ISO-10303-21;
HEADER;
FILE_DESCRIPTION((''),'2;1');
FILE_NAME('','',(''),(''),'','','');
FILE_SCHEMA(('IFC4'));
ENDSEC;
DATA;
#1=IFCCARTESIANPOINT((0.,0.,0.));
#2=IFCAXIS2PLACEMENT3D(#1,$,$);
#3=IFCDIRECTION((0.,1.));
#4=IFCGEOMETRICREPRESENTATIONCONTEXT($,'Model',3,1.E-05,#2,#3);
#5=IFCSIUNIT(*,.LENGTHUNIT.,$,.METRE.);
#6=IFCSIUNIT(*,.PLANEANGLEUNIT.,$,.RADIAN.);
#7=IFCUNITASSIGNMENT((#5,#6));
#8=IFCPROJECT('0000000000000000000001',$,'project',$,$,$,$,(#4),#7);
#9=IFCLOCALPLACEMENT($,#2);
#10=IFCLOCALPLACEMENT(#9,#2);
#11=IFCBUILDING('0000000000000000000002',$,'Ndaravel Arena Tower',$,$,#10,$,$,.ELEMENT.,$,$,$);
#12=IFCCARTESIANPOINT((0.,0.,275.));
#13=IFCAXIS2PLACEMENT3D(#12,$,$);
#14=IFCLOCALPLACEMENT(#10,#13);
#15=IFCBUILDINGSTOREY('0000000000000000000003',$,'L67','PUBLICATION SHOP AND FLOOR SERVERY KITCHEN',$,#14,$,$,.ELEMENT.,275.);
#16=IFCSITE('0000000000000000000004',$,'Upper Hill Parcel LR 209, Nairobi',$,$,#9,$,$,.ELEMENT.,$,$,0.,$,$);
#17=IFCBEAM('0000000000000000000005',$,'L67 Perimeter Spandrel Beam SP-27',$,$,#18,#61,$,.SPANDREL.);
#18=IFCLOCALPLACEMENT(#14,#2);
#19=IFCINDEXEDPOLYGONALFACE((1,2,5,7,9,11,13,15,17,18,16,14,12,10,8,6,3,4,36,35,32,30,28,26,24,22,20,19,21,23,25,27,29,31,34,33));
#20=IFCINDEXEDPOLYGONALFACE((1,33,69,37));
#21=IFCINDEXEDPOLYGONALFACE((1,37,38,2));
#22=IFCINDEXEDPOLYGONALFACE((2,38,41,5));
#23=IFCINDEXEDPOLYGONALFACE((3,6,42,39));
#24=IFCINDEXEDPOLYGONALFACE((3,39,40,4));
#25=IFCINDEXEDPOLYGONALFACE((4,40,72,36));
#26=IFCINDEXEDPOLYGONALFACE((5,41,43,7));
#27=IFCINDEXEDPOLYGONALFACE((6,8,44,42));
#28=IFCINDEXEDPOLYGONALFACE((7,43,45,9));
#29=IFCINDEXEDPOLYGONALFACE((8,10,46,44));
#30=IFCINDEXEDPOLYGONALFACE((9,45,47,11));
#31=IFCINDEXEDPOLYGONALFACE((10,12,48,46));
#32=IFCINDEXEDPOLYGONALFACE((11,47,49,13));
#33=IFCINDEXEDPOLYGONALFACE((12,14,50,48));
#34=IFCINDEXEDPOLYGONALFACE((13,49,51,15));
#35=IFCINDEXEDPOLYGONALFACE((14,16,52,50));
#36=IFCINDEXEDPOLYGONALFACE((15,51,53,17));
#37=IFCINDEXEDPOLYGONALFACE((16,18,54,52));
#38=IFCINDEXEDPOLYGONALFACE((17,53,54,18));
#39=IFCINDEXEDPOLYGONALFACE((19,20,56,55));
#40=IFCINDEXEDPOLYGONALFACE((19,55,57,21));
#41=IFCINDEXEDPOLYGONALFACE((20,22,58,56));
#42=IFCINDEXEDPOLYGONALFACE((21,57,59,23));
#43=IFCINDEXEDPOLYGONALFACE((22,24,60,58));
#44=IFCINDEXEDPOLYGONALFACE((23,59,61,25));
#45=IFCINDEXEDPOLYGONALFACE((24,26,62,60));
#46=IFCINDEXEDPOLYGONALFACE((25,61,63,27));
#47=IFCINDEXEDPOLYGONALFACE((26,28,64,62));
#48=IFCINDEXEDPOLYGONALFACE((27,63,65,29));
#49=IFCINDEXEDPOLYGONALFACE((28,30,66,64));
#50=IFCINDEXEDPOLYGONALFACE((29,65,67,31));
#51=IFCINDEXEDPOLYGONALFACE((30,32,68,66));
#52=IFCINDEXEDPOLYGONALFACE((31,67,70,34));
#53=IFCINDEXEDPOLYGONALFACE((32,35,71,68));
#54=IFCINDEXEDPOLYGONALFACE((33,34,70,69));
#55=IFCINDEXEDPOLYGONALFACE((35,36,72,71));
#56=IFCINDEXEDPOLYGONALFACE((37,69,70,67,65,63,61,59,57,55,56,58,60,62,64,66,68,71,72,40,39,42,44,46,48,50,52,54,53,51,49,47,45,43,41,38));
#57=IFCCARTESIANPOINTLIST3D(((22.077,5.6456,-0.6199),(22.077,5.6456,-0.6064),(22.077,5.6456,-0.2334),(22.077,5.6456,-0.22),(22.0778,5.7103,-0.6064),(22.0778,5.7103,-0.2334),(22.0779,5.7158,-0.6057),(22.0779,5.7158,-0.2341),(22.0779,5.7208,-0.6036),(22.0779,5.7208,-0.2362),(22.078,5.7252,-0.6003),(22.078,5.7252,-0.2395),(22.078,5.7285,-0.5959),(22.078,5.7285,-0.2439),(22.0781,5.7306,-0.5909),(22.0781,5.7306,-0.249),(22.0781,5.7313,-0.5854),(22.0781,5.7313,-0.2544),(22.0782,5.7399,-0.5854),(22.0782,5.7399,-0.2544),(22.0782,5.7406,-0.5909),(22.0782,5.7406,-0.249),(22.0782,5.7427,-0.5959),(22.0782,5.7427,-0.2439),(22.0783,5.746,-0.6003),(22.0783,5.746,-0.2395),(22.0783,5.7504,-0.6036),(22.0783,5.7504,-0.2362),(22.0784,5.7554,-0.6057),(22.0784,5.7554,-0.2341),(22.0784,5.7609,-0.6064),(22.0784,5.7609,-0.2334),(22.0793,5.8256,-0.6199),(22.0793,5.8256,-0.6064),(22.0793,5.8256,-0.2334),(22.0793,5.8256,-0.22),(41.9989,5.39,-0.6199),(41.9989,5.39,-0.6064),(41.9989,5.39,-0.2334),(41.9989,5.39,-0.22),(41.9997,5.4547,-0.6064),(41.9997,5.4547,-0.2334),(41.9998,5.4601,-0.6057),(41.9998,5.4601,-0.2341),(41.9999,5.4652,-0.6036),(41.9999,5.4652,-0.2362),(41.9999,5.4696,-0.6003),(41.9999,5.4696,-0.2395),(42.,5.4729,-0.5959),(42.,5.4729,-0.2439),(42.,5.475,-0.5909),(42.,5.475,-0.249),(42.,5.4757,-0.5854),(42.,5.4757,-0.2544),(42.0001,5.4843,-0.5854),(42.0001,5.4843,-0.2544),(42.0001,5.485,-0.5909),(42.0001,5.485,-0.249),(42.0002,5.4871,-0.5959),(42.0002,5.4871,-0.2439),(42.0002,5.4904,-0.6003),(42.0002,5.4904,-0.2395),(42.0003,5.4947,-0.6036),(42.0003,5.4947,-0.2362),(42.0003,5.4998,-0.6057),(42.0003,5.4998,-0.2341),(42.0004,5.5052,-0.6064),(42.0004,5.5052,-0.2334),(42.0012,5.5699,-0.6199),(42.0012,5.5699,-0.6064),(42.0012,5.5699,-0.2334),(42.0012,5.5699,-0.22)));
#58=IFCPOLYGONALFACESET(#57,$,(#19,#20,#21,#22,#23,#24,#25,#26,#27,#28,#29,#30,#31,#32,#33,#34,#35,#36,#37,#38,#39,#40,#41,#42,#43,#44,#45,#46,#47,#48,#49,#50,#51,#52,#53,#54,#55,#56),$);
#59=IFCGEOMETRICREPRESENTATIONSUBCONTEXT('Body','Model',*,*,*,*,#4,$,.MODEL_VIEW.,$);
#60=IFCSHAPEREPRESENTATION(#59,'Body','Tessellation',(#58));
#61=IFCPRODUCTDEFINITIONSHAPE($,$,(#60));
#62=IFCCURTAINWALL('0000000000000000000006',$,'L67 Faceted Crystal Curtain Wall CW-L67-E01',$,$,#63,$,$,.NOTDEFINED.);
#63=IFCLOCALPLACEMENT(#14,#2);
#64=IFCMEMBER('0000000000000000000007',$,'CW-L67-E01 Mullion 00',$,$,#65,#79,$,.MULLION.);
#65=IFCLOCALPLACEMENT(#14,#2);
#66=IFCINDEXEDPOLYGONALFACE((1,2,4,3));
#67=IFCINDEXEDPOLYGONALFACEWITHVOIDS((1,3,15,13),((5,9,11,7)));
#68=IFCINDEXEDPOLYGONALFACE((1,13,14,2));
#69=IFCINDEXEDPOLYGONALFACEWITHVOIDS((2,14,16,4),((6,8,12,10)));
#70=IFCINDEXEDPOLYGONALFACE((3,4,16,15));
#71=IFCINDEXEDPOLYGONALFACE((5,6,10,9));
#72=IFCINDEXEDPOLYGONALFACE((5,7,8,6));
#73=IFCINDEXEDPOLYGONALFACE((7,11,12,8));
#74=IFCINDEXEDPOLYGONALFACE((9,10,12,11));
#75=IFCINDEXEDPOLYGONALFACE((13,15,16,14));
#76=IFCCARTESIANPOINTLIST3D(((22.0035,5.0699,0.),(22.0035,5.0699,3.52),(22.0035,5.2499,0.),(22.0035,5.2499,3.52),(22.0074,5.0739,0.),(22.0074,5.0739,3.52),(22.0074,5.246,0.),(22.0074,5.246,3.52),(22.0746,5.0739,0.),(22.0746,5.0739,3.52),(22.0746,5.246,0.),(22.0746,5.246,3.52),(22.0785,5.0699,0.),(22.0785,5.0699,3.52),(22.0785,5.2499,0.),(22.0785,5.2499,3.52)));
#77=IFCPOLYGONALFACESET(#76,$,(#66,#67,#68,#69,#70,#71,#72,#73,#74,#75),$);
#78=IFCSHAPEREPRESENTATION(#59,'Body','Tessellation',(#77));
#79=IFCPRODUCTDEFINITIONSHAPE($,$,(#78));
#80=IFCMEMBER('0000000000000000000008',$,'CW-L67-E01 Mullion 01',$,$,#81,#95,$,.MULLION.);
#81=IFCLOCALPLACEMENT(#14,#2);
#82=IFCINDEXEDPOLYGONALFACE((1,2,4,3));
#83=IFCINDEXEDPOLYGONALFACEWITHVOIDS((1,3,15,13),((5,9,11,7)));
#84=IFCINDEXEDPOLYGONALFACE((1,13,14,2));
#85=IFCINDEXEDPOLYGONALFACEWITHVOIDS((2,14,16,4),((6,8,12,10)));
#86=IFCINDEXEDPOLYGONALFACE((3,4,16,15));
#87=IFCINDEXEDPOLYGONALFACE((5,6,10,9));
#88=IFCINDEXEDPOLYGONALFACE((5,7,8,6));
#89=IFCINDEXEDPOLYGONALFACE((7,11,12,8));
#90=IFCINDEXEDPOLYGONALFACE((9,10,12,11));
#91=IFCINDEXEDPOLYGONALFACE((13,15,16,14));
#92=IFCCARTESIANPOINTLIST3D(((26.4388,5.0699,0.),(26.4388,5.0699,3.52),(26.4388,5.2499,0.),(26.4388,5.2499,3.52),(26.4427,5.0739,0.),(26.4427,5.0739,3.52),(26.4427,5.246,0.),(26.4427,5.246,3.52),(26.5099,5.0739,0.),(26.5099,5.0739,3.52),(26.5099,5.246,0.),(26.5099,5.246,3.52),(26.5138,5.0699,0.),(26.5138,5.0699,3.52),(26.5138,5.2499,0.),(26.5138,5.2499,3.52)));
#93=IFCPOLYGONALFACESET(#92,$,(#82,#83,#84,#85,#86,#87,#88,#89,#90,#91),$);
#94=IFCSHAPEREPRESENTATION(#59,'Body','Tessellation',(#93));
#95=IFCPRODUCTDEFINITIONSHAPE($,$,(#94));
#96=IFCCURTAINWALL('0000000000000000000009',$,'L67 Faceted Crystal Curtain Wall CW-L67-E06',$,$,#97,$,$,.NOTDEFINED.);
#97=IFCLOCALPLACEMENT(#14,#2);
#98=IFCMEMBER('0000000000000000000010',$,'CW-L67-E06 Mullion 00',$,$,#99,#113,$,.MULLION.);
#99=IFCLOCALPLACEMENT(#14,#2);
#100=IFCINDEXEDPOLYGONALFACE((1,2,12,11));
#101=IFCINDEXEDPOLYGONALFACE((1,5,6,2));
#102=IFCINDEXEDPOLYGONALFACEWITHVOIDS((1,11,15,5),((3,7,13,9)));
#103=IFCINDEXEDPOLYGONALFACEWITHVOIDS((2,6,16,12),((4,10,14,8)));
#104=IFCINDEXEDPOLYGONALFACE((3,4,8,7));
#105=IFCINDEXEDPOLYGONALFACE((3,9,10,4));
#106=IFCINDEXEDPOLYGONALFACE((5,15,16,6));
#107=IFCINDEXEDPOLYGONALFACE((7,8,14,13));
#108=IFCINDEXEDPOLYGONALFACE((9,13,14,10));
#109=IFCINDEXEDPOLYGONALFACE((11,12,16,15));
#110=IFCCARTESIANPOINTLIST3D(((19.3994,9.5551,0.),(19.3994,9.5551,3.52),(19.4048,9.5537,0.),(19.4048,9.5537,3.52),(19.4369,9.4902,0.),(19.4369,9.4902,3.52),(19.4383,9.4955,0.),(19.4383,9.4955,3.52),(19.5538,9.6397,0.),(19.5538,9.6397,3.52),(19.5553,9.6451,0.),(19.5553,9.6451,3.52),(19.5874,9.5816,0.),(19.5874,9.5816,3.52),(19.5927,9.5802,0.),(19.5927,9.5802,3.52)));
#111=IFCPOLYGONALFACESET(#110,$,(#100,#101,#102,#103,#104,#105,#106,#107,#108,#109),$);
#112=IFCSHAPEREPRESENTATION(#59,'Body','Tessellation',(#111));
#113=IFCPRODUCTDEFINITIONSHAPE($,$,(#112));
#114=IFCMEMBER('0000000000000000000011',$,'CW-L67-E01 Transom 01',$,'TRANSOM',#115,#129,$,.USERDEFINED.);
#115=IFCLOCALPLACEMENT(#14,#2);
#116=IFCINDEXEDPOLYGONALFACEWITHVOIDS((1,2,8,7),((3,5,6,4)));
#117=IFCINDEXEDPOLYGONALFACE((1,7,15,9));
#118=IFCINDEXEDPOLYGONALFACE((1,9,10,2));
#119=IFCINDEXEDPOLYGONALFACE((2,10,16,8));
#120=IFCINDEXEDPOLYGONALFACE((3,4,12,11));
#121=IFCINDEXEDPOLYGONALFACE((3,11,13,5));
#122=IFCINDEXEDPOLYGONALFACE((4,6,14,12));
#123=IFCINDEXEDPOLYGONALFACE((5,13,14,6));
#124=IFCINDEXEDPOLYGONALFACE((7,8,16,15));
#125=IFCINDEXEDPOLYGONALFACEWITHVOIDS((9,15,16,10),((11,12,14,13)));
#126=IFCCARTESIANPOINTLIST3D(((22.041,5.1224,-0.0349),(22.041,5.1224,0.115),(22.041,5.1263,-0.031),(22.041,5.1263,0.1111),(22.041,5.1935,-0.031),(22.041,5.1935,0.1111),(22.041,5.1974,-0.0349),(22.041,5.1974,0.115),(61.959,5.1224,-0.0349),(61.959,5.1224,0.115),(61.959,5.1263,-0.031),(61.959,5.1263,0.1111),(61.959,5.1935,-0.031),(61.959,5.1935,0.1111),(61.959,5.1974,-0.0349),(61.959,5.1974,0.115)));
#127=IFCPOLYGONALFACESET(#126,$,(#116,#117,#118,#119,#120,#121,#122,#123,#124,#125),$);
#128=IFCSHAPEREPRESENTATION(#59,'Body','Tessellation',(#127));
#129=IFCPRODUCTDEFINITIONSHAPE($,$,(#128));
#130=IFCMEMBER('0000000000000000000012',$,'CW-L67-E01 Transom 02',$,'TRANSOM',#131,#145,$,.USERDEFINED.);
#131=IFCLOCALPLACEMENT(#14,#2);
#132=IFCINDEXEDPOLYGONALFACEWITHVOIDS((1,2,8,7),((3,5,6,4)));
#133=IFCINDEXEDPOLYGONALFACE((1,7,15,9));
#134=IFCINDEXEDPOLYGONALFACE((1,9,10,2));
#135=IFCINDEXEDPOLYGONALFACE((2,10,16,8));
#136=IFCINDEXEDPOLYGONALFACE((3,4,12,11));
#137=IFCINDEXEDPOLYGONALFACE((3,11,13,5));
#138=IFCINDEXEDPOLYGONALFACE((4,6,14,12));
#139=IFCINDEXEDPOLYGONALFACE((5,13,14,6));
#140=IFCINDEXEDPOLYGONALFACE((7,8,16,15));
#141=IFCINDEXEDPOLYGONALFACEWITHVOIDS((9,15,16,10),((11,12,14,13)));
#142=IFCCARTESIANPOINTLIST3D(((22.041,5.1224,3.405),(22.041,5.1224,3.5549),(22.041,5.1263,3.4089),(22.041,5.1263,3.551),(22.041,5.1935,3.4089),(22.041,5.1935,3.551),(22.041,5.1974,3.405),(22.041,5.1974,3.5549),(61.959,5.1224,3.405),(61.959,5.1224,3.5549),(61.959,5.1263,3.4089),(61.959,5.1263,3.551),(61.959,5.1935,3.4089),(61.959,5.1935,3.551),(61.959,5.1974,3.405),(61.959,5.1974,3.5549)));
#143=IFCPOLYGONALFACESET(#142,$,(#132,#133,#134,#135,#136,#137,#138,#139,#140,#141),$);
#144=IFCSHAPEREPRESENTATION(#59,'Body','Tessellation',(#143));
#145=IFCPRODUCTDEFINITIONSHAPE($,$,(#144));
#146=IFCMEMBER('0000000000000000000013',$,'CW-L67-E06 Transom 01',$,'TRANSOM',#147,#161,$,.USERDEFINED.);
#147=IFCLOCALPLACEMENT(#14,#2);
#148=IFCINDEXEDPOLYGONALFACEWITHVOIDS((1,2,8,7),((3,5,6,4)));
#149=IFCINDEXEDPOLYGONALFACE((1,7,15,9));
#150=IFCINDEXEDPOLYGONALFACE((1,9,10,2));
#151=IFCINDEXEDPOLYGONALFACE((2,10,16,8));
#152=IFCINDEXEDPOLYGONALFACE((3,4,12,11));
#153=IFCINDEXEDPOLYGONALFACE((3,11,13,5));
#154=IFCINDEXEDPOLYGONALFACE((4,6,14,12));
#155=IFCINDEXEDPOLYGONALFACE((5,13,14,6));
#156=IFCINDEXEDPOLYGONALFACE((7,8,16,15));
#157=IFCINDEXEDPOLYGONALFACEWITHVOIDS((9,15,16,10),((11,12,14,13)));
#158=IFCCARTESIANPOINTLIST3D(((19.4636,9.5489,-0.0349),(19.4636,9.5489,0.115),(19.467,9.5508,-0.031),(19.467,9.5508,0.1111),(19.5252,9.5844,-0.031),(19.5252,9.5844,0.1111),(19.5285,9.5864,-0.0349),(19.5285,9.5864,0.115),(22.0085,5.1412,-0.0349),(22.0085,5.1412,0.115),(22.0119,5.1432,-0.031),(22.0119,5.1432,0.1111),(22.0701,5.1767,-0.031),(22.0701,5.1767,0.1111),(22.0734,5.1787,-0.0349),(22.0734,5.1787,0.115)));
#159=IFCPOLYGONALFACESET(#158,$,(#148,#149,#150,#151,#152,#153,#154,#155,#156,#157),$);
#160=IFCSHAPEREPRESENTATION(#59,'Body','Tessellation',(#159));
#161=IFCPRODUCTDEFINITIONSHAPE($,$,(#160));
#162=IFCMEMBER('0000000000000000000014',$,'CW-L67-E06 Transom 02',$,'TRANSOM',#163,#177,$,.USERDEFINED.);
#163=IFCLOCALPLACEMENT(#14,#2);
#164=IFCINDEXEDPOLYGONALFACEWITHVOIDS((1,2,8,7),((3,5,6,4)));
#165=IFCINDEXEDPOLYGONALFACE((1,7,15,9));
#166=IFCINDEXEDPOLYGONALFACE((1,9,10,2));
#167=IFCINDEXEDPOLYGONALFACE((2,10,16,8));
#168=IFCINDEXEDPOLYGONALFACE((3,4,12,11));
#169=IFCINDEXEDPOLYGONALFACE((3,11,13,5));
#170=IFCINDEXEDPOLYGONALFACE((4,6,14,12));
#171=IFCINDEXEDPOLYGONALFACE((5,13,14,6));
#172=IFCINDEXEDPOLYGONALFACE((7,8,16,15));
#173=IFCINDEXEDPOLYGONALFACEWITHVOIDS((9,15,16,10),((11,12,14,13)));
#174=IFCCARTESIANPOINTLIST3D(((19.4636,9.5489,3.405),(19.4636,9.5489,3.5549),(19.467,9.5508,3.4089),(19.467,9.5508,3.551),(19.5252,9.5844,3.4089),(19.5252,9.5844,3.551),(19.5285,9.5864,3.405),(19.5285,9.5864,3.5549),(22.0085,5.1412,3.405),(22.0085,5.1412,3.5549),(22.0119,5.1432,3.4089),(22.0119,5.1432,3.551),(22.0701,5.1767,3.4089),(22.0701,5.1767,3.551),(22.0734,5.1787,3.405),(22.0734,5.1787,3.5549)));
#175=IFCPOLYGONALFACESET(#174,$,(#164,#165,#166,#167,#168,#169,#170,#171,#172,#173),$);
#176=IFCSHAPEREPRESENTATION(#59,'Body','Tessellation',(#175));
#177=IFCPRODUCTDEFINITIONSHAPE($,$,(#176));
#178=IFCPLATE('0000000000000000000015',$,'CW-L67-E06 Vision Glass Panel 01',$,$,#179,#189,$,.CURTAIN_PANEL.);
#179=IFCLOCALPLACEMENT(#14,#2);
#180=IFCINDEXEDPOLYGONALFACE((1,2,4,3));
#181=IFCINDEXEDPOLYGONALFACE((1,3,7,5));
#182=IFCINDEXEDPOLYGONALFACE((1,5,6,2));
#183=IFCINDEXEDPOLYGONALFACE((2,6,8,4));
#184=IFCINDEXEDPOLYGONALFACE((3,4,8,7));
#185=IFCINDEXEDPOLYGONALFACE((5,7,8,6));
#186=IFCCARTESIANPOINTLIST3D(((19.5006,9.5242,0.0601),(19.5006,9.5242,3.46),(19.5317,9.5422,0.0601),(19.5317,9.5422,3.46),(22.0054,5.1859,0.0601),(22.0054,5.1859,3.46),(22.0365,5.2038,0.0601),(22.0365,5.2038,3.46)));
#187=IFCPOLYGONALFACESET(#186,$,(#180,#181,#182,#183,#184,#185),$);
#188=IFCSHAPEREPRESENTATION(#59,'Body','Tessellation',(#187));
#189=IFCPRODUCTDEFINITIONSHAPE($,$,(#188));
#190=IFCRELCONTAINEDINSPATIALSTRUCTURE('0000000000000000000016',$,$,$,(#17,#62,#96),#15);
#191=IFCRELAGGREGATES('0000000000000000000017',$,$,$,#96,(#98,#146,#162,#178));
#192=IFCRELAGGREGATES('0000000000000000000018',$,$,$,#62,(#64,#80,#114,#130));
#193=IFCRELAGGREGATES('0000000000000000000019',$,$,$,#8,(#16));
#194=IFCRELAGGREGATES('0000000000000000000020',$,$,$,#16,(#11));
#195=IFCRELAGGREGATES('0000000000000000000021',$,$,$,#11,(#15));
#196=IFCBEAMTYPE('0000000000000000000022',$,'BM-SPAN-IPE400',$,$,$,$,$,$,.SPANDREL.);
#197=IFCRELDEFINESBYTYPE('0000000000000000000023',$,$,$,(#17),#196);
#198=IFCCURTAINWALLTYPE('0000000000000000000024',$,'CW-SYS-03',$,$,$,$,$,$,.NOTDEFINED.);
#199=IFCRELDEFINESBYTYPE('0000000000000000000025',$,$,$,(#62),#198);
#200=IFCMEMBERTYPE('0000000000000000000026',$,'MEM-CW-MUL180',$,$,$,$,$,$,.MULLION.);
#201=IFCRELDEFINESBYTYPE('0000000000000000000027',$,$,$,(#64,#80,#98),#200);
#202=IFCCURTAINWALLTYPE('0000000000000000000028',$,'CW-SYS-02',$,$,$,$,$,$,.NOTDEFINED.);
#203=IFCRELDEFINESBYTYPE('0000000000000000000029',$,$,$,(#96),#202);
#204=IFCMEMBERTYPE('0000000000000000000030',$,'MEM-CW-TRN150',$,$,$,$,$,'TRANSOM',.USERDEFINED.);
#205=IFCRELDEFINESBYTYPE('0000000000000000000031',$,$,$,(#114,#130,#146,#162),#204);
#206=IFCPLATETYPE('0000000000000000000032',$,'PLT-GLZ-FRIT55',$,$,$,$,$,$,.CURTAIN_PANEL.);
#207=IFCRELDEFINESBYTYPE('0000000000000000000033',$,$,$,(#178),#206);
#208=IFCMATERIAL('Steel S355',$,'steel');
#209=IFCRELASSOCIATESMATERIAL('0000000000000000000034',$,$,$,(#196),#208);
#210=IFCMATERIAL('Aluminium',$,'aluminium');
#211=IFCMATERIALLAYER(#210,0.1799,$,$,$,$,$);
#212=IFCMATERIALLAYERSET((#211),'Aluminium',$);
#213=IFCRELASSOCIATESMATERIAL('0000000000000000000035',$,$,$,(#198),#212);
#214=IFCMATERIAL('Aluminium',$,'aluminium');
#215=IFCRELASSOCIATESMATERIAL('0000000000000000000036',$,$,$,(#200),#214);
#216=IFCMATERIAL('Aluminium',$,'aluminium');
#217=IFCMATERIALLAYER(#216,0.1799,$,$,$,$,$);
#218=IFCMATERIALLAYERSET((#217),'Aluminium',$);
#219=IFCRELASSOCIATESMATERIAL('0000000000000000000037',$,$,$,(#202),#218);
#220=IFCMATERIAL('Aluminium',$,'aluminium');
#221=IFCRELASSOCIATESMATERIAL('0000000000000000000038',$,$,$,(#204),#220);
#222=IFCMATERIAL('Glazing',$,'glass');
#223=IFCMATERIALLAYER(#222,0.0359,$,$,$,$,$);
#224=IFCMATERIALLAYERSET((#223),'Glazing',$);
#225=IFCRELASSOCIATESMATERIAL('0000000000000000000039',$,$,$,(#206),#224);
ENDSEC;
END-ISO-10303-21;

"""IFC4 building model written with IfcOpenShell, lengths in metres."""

from ifc_helpers import new_model, si_unit, direction, frame, origin, origin_2d, place, context, subcontext, project, spatial, rectangle, hollow_rectangle, i_section, extrude, material, layer, layer_set, material_profile, profile_set, type_object, element, aggregate, save


model = new_model("IFC4")

# Units and contexts
model_context = context("Model", 3, precision=1e-05, world=origin(), true_north=direction((0.0, 1.0)))
body_context = subcontext(model_context, "Body", "Model", "MODEL_VIEW")
ifc_project = project(units=[si_unit("LENGTHUNIT", "METRE"), si_unit("PLANEANGLEUNIT", "RADIAN")], contexts=[model_context])

# Site, building, storey
site_placement = place(None, origin())
site = spatial("IfcSite", under=ifc_project, at=site_placement, Name="Upper Hill Parcel LR 209, Nairobi", CompositionType="ELEMENT", RefElevation=0.0)
building_placement = place(site_placement, origin())
building = spatial("IfcBuilding", under=site, at=building_placement, Name="Ndaravel Arena Tower", CompositionType="ELEMENT")
storey_placement = place(building_placement, frame((0.0, 0.0, 275.0)))
storey = spatial("IfcBuildingStorey", under=building, at=storey_placement, Name="L67", Description="PUBLICATION SHOP AND FLOOR SERVERY KITCHEN", CompositionType="ELEMENT", Elevation=275.0)

# Beam
ifc_material_1 = material(Name="Steel S355", Category="steel")
ifc_material_profile_1 = material_profile(ifc_material_1, i_section(OverallWidth=0.1799, OverallDepth=0.3999, WebThickness=0.0085, FlangeThickness=0.0134, FilletRadius=0.021, at=origin_2d()), Name="IPE 400")
ifc_profile_set_1 = profile_set([ifc_material_profile_1], Name="Steel S355")
beam_type = type_object("IfcBeamType", Name="BM-SPAN-IPE400", PredefinedType="SPANDREL", material=ifc_profile_set_1)
beam_1_placement = place(storey_placement, frame((22.0781, 5.7356, -0.4199), z_axis=(0.999918, -0.01283, 0.0), x_axis=(0.01283, 0.999918, 0.0)))
element("IfcBeam", 1, at=beam_1_placement, inside=storey, type_object=beam_type, Name="L67 Perimeter Spandrel Beam SP-27", PredefinedType="SPANDREL", context=body_context, shape_type="SweptSolid", body=[
    extrude(i_section(OverallWidth=0.1799, OverallDepth=0.3999, WebThickness=0.0085, FlangeThickness=0.0134, FilletRadius=0.021, at=origin_2d()), origin(), (0.0, 0.0, 1.0), 19.9236),
])

# Curtain wall, members
ifc_material_2 = material(Name="Aluminium", Category="aluminium")
ifc_layer_1 = layer(ifc_material_2, 0.1799)
ifc_layer_set_1 = layer_set([ifc_layer_1], Name="Aluminium")
curtain_wall_type_1 = type_object("IfcCurtainWallType", Name="CW-SYS-03", PredefinedType="NOTDEFINED", material=ifc_layer_set_1)
curtain_wall_1_placement = place(storey_placement, origin())
curtain_wall_1 = element("IfcCurtainWall", 2, at=curtain_wall_1_placement, inside=storey, type_object=curtain_wall_type_1, Name="L67 Faceted Crystal Curtain Wall CW-L67-E01", PredefinedType="NOTDEFINED")
ifc_material_3 = material(Name="Aluminium", Category="aluminium")
ifc_material_profile_2 = material_profile(ifc_material_3, hollow_rectangle(XDim=0.075, YDim=0.1799, WallThickness=0.0039, at=origin_2d()), Name="CW MULLION 75x180x4")
ifc_profile_set_2 = profile_set([ifc_material_profile_2], Name="Aluminium")
member_type_1 = type_object("IfcMemberType", Name="MEM-CW-MUL180", PredefinedType="MULLION", material=ifc_profile_set_2)
member_1_placement = place(storey_placement, frame((22.041, 5.1599, 0.0), z_axis=(0.0, 0.0, 1.0), x_axis=(1.0, 0.0, 0.0)))
member_1 = element("IfcMember", 3, at=member_1_placement, type_object=member_type_1, Name="CW-L67-E01 Mullion 00", PredefinedType="MULLION", context=body_context, shape_type="SweptSolid", body=[
    extrude(hollow_rectangle(XDim=0.075, YDim=0.1799, WallThickness=0.0039, at=origin_2d()), origin(), (0.0, 0.0, 1.0), 3.52),
])
member_2_placement = place(storey_placement, frame((26.4763, 5.1599, 0.0), z_axis=(0.0, 0.0, 1.0), x_axis=(1.0, 0.0, 0.0)))
member_2 = element("IfcMember", 4, at=member_2_placement, type_object=member_type_1, Name="CW-L67-E01 Mullion 01", PredefinedType="MULLION", context=body_context, shape_type="SweptSolid", body=[
    extrude(hollow_rectangle(XDim=0.075, YDim=0.1799, WallThickness=0.0039, at=origin_2d()), origin(), (0.0, 0.0, 1.0), 3.52),
])

# Curtain wall, member
ifc_material_4 = material(Name="Aluminium", Category="aluminium")
ifc_layer_2 = layer(ifc_material_4, 0.1799)
ifc_layer_set_2 = layer_set([ifc_layer_2], Name="Aluminium")
curtain_wall_type_2 = type_object("IfcCurtainWallType", Name="CW-SYS-02", PredefinedType="NOTDEFINED", material=ifc_layer_set_2)
curtain_wall_2_placement = place(storey_placement, origin())
curtain_wall_2 = element("IfcCurtainWall", 5, at=curtain_wall_2_placement, inside=storey, type_object=curtain_wall_type_2, Name="L67 Faceted Crystal Curtain Wall CW-L67-E06", PredefinedType="NOTDEFINED")
member_3_placement = place(storey_placement, frame((19.4961, 9.5676, 0.0), z_axis=(0.0, 0.0, 1.0), x_axis=(0.5, -0.866025, 0.0)))
member_3 = element("IfcMember", 6, at=member_3_placement, type_object=member_type_1, Name="CW-L67-E06 Mullion 00", PredefinedType="MULLION", context=body_context, shape_type="SweptSolid", body=[
    extrude(hollow_rectangle(XDim=0.075, YDim=0.1799, WallThickness=0.0039, at=origin_2d()), origin(), (0.0, 0.0, 1.0), 3.52),
])

# Members
ifc_material_5 = material(Name="Aluminium", Category="aluminium")
ifc_material_profile_3 = material_profile(ifc_material_5, hollow_rectangle(XDim=0.075, YDim=0.1499, WallThickness=0.0039, at=origin_2d()), Name="CW TRANSOM 75x150x4")
ifc_profile_set_3 = profile_set([ifc_material_profile_3], Name="Aluminium")
member_type_2 = type_object("IfcMemberType", Name="MEM-CW-TRN150", ElementType="TRANSOM", PredefinedType="USERDEFINED", material=ifc_profile_set_3)
member_4_placement = place(storey_placement, frame((22.041, 5.1599, 0.04), z_axis=(1.0, 0.0, 0.0), x_axis=(0.0, 1.0, 0.0)))
member_4 = element("IfcMember", 7, at=member_4_placement, type_object=member_type_2, Name="CW-L67-E01 Transom 01", ObjectType="TRANSOM", PredefinedType="USERDEFINED", context=body_context, shape_type="SweptSolid", body=[
    extrude(hollow_rectangle(XDim=0.075, YDim=0.1499, WallThickness=0.0039, at=origin_2d()), origin(), (0.0, 0.0, 1.0), 39.918),
])
member_5_placement = place(storey_placement, frame((22.041, 5.1599, 3.48), z_axis=(1.0, 0.0, 0.0), x_axis=(0.0, 1.0, 0.0)))
member_5 = element("IfcMember", 8, at=member_5_placement, type_object=member_type_2, Name="CW-L67-E01 Transom 02", ObjectType="TRANSOM", PredefinedType="USERDEFINED", context=body_context, shape_type="SweptSolid", body=[
    extrude(hollow_rectangle(XDim=0.075, YDim=0.1499, WallThickness=0.0039, at=origin_2d()), origin(), (0.0, 0.0, 1.0), 39.918),
])
member_6_placement = place(storey_placement, frame((19.4961, 9.5676, 0.04), z_axis=(0.500019, -0.866015, 0.0), x_axis=(0.866015, 0.500019, 0.0)))
member_6 = element("IfcMember", 9, at=member_6_placement, type_object=member_type_2, Name="CW-L67-E06 Transom 01", ObjectType="TRANSOM", PredefinedType="USERDEFINED", context=body_context, shape_type="SweptSolid", body=[
    extrude(hollow_rectangle(XDim=0.075, YDim=0.1499, WallThickness=0.0039, at=origin_2d()), origin(), (0.0, 0.0, 1.0), 5.0896),
])
member_7_placement = place(storey_placement, frame((19.4961, 9.5676, 3.48), z_axis=(0.500019, -0.866015, 0.0), x_axis=(0.866015, 0.500019, 0.0)))
member_7 = element("IfcMember", 10, at=member_7_placement, type_object=member_type_2, Name="CW-L67-E06 Transom 02", ObjectType="TRANSOM", PredefinedType="USERDEFINED", context=body_context, shape_type="SweptSolid", body=[
    extrude(hollow_rectangle(XDim=0.075, YDim=0.1499, WallThickness=0.0039, at=origin_2d()), origin(), (0.0, 0.0, 1.0), 5.0896),
])

# Plate
ifc_material_6 = material(Name="Glazing", Category="glass")
ifc_layer_3 = layer(ifc_material_6, 0.0359)
ifc_layer_set_3 = layer_set([ifc_layer_3], Name="Glazing")
plate_type_1 = type_object("IfcPlateType", Name="PLT-GLZ-FRIT55", PredefinedType="CURTAIN_PANEL", material=ifc_layer_set_3)
plate_1_placement = place(storey_placement, frame((20.7686, 7.364, 0.0601), z_axis=(0.0, 0.0, 1.0), x_axis=(0.5, -0.866025, 0.0)))
plate_1 = element("IfcPlate", 11, at=plate_1_placement, type_object=plate_type_1, Name="CW-L67-E06 Vision Glass Panel 01", PredefinedType="CURTAIN_PANEL", context=body_context, shape_type="SweptSolid", body=[
    extrude(rectangle(XDim=5.0095, YDim=0.0359, at=origin_2d()), origin(), (0.0, 0.0, 1.0), 3.3999),
])
aggregate(curtain_wall_2, [member_3, member_6, member_7, plate_1])
aggregate(curtain_wall_1, [member_1, member_2, member_4, member_5])

save(model, "model.ifc")
